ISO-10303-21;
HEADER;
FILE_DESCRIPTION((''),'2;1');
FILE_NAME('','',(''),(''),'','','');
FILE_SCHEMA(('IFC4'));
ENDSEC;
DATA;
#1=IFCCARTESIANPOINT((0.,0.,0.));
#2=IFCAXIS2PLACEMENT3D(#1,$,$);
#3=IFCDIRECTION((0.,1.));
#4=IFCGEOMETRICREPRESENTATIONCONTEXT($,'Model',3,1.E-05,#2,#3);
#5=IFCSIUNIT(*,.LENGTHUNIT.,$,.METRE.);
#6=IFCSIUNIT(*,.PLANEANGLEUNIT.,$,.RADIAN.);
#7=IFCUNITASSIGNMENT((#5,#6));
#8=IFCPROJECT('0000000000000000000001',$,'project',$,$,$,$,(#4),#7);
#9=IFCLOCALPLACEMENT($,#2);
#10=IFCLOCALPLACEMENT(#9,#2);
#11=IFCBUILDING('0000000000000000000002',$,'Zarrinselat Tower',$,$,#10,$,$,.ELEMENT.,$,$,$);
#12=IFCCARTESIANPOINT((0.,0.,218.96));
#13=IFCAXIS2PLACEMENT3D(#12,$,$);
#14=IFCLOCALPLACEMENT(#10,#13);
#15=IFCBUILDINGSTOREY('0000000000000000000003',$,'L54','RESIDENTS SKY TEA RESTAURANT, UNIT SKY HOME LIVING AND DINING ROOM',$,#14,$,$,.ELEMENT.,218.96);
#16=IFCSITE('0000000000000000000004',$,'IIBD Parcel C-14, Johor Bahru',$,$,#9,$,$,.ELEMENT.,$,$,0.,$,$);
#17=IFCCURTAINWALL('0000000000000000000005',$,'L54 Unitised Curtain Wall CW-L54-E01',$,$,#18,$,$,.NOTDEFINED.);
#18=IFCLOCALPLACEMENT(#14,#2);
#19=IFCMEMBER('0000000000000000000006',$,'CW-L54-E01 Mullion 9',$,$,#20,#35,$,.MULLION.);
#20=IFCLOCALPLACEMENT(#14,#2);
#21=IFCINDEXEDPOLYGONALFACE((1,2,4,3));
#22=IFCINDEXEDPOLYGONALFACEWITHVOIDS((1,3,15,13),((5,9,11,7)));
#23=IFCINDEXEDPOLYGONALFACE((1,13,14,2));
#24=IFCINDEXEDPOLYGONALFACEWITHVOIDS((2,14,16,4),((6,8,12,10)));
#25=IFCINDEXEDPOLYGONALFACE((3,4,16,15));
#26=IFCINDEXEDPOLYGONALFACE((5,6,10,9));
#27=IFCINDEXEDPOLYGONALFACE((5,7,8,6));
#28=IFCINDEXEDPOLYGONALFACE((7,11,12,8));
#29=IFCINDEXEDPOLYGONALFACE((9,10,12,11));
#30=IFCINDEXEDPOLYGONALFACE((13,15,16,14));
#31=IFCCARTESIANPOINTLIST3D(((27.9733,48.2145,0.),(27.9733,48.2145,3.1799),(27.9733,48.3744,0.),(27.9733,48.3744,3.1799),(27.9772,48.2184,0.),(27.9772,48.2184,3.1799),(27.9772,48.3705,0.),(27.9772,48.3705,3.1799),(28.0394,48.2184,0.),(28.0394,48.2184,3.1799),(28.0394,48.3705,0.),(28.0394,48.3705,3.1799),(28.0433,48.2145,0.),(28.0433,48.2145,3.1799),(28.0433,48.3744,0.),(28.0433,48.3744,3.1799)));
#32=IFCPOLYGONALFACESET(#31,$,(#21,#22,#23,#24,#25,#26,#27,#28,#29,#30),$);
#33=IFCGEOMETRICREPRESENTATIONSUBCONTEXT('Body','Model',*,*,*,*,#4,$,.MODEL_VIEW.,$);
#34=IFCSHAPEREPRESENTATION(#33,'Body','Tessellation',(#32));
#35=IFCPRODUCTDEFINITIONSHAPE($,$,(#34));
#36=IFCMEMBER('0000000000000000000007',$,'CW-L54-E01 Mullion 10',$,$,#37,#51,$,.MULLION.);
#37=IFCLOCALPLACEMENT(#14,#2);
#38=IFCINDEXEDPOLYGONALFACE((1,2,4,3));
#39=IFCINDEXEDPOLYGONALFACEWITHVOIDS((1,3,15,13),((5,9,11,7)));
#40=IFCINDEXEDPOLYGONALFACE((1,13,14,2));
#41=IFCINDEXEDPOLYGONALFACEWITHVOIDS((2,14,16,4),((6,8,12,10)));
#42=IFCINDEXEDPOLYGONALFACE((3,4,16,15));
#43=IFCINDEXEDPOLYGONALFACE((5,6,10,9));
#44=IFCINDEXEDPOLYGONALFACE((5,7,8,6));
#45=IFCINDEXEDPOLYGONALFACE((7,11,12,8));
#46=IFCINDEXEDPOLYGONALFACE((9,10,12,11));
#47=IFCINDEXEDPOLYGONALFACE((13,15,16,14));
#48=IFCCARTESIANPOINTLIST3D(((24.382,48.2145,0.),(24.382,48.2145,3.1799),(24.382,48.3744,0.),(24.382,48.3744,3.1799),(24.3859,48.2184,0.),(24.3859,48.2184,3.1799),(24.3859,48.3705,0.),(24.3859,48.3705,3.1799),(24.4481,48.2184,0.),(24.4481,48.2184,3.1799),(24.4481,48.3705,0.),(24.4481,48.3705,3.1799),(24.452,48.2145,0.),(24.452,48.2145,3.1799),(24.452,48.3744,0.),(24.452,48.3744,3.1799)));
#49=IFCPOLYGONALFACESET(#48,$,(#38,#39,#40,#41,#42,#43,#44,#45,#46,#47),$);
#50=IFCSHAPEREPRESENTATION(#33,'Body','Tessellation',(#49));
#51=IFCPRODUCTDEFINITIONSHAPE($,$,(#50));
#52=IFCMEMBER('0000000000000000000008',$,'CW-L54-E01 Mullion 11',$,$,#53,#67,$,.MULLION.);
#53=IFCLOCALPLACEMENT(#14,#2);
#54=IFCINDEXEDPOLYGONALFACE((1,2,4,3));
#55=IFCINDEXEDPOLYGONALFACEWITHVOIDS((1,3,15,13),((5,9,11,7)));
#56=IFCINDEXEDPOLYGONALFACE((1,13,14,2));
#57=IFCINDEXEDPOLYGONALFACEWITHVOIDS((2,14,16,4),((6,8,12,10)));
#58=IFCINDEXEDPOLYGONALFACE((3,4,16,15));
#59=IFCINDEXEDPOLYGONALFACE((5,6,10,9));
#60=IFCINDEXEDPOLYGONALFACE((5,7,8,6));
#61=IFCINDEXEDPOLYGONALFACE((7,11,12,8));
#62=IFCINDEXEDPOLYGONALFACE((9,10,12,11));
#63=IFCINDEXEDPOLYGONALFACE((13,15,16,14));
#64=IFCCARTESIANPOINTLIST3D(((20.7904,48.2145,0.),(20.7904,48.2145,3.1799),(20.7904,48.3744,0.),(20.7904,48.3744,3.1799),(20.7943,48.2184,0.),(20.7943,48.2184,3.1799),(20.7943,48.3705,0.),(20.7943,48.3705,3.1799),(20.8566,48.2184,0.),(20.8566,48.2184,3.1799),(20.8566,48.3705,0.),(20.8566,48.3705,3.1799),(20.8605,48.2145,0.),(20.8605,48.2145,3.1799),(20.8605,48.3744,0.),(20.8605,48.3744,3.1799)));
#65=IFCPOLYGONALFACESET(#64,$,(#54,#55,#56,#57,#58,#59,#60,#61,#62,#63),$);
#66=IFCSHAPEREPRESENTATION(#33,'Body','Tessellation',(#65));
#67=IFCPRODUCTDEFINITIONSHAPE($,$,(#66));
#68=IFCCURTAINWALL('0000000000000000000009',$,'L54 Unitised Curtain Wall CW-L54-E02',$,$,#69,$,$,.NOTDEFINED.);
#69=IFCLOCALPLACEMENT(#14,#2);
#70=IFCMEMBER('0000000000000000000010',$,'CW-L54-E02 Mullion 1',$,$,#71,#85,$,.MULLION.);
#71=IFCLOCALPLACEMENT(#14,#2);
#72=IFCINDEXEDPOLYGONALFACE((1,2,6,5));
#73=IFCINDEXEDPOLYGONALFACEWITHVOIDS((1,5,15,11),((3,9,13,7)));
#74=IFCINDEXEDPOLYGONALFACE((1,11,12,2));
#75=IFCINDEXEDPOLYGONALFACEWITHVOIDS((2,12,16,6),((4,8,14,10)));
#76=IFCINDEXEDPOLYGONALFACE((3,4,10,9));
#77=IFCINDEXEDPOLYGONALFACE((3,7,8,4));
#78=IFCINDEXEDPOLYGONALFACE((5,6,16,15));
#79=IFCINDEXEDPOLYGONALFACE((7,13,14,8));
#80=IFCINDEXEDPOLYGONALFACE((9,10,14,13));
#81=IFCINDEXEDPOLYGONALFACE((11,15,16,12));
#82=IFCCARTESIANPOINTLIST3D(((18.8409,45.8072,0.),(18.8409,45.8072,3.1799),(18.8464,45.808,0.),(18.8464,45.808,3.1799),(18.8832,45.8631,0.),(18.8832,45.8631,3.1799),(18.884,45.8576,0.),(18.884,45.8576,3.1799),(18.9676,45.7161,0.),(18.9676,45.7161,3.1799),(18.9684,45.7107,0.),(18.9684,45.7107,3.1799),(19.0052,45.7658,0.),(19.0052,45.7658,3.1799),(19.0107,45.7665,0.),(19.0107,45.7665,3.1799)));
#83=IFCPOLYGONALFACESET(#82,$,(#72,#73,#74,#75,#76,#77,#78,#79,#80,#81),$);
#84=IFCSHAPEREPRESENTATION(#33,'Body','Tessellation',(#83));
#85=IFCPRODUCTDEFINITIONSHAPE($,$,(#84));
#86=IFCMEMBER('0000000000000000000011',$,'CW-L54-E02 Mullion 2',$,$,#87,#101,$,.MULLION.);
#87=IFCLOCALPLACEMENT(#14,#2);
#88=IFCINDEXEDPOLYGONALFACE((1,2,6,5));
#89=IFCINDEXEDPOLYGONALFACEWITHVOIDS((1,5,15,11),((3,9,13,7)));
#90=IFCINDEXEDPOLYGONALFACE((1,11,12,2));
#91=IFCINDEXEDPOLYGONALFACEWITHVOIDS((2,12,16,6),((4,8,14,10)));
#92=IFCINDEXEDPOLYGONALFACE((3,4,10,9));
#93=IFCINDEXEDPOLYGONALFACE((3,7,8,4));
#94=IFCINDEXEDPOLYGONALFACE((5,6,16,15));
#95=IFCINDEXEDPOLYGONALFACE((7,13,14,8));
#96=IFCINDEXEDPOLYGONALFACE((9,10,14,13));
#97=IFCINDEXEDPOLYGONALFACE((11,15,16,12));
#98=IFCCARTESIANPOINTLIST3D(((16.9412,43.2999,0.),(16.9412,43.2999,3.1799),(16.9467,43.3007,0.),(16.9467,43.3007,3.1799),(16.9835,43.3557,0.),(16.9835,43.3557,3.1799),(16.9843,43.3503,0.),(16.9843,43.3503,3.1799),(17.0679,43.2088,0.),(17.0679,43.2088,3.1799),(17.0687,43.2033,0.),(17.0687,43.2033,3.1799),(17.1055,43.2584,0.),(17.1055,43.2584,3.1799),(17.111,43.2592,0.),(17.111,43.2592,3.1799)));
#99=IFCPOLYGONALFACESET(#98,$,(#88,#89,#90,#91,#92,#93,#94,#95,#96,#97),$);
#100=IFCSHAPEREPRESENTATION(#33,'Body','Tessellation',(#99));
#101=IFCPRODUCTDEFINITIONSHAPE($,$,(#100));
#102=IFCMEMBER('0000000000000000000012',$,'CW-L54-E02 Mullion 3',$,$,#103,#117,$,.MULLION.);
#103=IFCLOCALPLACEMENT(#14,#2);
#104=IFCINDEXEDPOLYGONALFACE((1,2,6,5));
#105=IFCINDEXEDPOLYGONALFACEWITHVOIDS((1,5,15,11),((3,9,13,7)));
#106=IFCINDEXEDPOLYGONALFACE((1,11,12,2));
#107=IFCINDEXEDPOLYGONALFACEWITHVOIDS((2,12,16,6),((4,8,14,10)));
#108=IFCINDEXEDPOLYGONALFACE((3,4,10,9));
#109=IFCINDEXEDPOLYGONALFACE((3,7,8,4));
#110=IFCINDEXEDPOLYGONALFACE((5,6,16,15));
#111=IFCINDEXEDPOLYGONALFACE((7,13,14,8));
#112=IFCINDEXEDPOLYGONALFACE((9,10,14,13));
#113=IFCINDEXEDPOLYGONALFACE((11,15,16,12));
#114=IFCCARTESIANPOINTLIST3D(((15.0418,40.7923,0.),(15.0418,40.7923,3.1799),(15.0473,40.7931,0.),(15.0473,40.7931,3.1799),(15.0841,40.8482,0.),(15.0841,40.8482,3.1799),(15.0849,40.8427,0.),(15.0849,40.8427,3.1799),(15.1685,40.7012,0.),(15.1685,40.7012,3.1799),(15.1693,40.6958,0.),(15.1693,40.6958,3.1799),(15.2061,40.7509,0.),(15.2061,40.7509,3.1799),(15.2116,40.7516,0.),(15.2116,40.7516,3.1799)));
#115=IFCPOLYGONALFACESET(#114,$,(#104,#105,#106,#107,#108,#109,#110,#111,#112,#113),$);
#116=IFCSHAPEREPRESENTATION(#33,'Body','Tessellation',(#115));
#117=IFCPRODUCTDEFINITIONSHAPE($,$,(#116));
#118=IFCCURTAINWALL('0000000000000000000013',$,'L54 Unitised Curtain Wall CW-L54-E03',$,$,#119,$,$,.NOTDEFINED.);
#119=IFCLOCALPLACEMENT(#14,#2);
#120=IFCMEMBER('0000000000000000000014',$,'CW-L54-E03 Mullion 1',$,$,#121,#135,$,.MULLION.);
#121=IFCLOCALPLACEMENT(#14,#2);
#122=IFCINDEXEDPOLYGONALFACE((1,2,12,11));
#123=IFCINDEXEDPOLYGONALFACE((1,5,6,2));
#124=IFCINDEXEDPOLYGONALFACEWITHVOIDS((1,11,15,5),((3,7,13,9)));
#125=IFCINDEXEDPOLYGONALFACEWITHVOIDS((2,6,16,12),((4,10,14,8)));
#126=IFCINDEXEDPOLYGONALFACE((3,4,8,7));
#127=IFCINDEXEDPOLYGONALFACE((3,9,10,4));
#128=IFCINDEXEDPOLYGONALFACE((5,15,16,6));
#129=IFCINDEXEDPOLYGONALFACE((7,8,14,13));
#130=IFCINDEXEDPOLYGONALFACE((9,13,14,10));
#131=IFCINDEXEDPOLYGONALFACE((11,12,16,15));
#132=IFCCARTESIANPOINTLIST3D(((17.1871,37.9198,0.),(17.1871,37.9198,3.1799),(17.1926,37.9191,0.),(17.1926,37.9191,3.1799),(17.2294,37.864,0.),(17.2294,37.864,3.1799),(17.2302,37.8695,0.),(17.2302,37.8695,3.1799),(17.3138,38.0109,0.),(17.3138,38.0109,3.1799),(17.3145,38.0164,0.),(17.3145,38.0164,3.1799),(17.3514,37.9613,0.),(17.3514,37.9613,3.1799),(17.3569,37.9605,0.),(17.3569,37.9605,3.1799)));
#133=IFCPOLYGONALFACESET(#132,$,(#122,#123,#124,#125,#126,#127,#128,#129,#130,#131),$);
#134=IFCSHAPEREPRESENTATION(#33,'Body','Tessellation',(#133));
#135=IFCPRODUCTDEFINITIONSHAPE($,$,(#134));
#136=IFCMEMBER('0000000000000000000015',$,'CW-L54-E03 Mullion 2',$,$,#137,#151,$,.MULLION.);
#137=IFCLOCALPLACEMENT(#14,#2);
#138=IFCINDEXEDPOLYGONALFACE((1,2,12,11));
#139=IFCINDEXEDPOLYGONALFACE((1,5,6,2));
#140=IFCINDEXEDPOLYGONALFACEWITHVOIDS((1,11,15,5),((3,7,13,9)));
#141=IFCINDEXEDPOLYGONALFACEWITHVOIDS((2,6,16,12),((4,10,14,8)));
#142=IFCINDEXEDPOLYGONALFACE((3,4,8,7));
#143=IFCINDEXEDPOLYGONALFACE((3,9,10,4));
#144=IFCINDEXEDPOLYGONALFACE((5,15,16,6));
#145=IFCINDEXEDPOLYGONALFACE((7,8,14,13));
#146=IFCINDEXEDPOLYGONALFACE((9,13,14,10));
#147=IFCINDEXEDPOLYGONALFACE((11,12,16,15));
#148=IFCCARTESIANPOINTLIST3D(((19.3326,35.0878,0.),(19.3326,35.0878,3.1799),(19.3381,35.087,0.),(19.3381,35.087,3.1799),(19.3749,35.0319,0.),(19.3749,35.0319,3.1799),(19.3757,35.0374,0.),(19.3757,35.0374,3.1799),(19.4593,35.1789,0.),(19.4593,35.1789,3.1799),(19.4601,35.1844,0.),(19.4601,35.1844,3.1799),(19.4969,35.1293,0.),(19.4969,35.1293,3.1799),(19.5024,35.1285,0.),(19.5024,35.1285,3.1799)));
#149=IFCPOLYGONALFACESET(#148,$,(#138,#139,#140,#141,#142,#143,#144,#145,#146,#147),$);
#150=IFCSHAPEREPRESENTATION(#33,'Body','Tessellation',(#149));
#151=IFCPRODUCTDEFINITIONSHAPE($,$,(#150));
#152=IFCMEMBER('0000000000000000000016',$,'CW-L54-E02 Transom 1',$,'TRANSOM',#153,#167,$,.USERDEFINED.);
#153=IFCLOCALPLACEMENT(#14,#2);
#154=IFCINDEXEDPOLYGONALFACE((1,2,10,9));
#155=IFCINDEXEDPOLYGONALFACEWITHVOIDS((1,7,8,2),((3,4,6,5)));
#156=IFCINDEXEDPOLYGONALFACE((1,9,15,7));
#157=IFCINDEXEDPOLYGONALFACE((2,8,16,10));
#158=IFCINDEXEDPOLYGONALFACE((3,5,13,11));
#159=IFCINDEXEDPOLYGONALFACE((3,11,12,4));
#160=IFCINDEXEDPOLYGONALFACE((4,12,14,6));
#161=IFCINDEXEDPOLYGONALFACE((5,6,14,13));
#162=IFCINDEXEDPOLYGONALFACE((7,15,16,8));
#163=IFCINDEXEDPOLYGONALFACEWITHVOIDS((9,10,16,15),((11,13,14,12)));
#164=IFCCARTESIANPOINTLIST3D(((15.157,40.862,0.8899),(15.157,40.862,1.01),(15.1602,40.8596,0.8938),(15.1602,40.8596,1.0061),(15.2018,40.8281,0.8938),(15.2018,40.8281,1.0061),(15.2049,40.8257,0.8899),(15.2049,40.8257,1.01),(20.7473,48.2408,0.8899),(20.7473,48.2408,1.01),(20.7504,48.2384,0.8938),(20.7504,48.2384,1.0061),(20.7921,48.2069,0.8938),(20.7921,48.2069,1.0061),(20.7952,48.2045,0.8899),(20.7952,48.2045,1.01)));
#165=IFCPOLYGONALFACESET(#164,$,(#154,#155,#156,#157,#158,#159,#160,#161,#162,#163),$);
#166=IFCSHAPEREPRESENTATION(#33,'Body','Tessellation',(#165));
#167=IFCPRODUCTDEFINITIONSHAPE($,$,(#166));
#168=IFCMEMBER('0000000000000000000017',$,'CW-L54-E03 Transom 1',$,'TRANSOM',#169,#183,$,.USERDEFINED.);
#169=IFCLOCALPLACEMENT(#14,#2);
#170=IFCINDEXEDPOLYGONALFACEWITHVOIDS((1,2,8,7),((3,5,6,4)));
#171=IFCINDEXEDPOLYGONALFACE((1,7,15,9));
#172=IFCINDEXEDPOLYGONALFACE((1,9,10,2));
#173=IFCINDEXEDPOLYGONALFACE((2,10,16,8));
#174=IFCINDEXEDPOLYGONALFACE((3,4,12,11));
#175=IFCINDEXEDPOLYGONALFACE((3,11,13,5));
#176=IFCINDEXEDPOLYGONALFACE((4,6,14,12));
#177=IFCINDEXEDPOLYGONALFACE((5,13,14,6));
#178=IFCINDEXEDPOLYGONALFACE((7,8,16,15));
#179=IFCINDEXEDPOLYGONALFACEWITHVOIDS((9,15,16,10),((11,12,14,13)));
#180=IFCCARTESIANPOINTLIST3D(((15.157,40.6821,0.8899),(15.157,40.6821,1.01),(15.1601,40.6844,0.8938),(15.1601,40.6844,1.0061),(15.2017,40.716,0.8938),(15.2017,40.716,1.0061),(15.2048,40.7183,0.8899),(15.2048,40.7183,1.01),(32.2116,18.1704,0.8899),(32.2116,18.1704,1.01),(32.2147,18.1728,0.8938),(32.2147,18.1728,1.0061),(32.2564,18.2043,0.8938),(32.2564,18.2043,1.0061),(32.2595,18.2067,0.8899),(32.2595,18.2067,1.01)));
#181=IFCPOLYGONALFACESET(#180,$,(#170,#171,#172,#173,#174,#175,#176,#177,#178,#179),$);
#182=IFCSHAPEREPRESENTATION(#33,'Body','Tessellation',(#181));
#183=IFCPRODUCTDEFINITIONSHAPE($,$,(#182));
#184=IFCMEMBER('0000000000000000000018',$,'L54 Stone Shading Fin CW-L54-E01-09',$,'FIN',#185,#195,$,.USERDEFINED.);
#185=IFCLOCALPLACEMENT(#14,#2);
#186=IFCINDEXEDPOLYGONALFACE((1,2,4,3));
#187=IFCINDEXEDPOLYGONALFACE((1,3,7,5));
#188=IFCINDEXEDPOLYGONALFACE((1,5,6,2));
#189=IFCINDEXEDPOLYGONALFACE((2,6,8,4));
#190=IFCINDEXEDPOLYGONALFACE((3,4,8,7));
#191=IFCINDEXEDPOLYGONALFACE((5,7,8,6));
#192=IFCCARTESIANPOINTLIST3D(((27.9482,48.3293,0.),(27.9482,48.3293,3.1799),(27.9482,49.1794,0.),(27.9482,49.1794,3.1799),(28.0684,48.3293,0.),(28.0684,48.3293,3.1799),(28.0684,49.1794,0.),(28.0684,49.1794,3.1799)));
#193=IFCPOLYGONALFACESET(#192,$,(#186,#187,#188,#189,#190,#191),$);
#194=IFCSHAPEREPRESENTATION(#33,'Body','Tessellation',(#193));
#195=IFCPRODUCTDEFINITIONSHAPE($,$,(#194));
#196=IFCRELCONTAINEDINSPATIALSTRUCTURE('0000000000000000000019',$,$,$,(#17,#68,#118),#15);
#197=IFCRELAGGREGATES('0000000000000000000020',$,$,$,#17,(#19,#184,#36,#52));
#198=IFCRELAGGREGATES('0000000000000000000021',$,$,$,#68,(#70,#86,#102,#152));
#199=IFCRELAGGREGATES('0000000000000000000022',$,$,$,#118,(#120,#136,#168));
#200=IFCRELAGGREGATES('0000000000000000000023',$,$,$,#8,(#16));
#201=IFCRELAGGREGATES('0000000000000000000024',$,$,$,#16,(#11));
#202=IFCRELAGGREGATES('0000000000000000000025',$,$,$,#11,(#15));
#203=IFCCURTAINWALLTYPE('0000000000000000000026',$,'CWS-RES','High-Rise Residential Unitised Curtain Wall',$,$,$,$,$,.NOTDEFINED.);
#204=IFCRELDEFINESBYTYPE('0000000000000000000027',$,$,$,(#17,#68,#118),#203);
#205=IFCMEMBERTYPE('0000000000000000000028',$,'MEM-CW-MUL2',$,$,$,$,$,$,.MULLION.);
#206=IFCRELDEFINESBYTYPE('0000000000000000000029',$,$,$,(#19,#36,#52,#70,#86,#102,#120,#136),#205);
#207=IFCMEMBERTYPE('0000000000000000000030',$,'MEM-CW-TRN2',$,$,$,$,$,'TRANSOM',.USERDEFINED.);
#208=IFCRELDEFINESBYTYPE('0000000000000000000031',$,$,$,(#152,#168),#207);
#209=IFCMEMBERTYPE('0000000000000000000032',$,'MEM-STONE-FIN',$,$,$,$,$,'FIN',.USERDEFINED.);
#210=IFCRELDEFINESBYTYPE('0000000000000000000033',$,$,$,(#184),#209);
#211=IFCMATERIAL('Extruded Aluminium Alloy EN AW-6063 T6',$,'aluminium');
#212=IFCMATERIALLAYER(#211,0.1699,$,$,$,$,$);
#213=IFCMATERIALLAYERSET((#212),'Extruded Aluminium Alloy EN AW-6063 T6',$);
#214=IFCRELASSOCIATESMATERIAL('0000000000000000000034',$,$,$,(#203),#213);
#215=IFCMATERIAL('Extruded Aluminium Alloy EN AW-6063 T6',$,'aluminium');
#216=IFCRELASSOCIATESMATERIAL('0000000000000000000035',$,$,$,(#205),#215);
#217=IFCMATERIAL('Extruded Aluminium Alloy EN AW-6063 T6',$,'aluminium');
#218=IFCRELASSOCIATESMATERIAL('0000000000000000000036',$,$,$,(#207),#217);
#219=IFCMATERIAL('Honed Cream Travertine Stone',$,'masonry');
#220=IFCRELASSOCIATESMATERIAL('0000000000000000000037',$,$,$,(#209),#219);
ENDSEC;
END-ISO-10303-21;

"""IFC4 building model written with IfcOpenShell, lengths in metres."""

from ifc_helpers import new_model, si_unit, direction, frame, origin, origin_2d, place, context, subcontext, project, spatial, rectangle, hollow_rectangle, extrude, material, layer, layer_set, material_profile, profile_set, type_object, element, aggregate, save


model = new_model("IFC4")

# Units and contexts
model_context = context("Model", 3, precision=1e-05, world=origin(), true_north=direction((0.0, 1.0)))
body_context = subcontext(model_context, "Body", "Model", "MODEL_VIEW")
ifc_project = project(units=[si_unit("LENGTHUNIT", "METRE"), si_unit("PLANEANGLEUNIT", "RADIAN")], contexts=[model_context])

# Site, building, storey
site_placement = place(None, origin())
site = spatial("IfcSite", under=ifc_project, at=site_placement, Name="IIBD Parcel C-14, Johor Bahru", CompositionType="ELEMENT", RefElevation=0.0)
building_placement = place(site_placement, origin())
building = spatial("IfcBuilding", under=site, at=building_placement, Name="Zarrinselat Tower", CompositionType="ELEMENT")
storey_placement = place(building_placement, frame((0.0, 0.0, 218.96)))
storey = spatial("IfcBuildingStorey", under=building, at=storey_placement, Name="L54", Description="RESIDENTS SKY TEA RESTAURANT, UNIT SKY HOME LIVING AND DINING ROOM", CompositionType="ELEMENT", Elevation=218.96)

# Curtain walls, members
ifc_material_1 = material(Name="Extruded Aluminium Alloy EN AW-6063 T6", Category="aluminium")
ifc_layer_1 = layer(ifc_material_1, 0.1699)
ifc_layer_set_1 = layer_set([ifc_layer_1], Name="Extruded Aluminium Alloy EN AW-6063 T6")
curtain_wall_type = type_object("IfcCurtainWallType", Name="CWS-RES", Description="High-Rise Residential Unitised Curtain Wall", PredefinedType="NOTDEFINED", material=ifc_layer_set_1)
curtain_wall_1_placement = place(storey_placement, origin())
curtain_wall_1 = element("IfcCurtainWall", 1, at=curtain_wall_1_placement, inside=storey, type_object=curtain_wall_type, Name="L54 Unitised Curtain Wall CW-L54-E01", PredefinedType="NOTDEFINED")
ifc_material_2 = material(Name="Extruded Aluminium Alloy EN AW-6063 T6", Category="aluminium")
ifc_material_profile_1 = material_profile(ifc_material_2, hollow_rectangle(XDim=0.0701, YDim=0.1599, WallThickness=0.0039, at=origin_2d()), Name="RHS 160x70x4")
ifc_profile_set_1 = profile_set([ifc_material_profile_1], Name="Extruded Aluminium Alloy EN AW-6063 T6")
member_type_1 = type_object("IfcMemberType", Name="MEM-CW-MUL2", PredefinedType="MULLION", material=ifc_profile_set_1)
member_1_placement = place(storey_placement, frame((28.0083, 48.2944, 0.0), z_axis=(0.0, 0.0, 1.0), x_axis=(-1.0, 0.0, 0.0)))
member_1 = element("IfcMember", 2, at=member_1_placement, type_object=member_type_1, Name="CW-L54-E01 Mullion 9", PredefinedType="MULLION", context=body_context, shape_type="SweptSolid", body=[
    extrude(hollow_rectangle(XDim=0.0701, YDim=0.1599, WallThickness=0.0039, at=origin_2d()), origin(), (0.0, 0.0, 1.0), 3.1799),
])
member_2_placement = place(storey_placement, frame((24.417, 48.2944, 0.0), z_axis=(0.0, 0.0, 1.0), x_axis=(-1.0, 0.0, 0.0)))
member_2 = element("IfcMember", 3, at=member_2_placement, type_object=member_type_1, Name="CW-L54-E01 Mullion 10", PredefinedType="MULLION", context=body_context, shape_type="SweptSolid", body=[
    extrude(hollow_rectangle(XDim=0.0701, YDim=0.1599, WallThickness=0.0039, at=origin_2d()), origin(), (0.0, 0.0, 1.0), 3.1799),
])
member_3_placement = place(storey_placement, frame((20.8254, 48.2944, 0.0), z_axis=(0.0, 0.0, 1.0), x_axis=(-1.0, 0.0, 0.0)))
member_3 = element("IfcMember", 4, at=member_3_placement, type_object=member_type_1, Name="CW-L54-E01 Mullion 11", PredefinedType="MULLION", context=body_context, shape_type="SweptSolid", body=[
    extrude(hollow_rectangle(XDim=0.0701, YDim=0.1599, WallThickness=0.0039, at=origin_2d()), origin(), (0.0, 0.0, 1.0), 3.1799),
])
curtain_wall_2_placement = place(storey_placement, origin())
curtain_wall_2 = element("IfcCurtainWall", 5, at=curtain_wall_2_placement, inside=storey, type_object=curtain_wall_type, Name="L54 Unitised Curtain Wall CW-L54-E02", PredefinedType="NOTDEFINED")
member_4_placement = place(storey_placement, frame((18.9258, 45.7869, 0.0), z_axis=(0.0, 0.0, 1.0), x_axis=(-0.603865, -0.797086, 0.0)))
member_4 = element("IfcMember", 6, at=member_4_placement, type_object=member_type_1, Name="CW-L54-E02 Mullion 1", PredefinedType="MULLION", context=body_context, shape_type="SweptSolid", body=[
    extrude(hollow_rectangle(XDim=0.0701, YDim=0.1599, WallThickness=0.0039, at=origin_2d()), origin(), (0.0, 0.0, 1.0), 3.1799),
])
member_5_placement = place(storey_placement, frame((17.0261, 43.2795, 0.0), z_axis=(0.0, 0.0, 1.0), x_axis=(-0.603865, -0.797086, 0.0)))
member_5 = element("IfcMember", 7, at=member_5_placement, type_object=member_type_1, Name="CW-L54-E02 Mullion 2", PredefinedType="MULLION", context=body_context, shape_type="SweptSolid", body=[
    extrude(hollow_rectangle(XDim=0.0701, YDim=0.1599, WallThickness=0.0039, at=origin_2d()), origin(), (0.0, 0.0, 1.0), 3.1799),
])
member_6_placement = place(storey_placement, frame((15.1267, 40.772, 0.0), z_axis=(0.0, 0.0, 1.0), x_axis=(-0.603865, -0.797086, 0.0)))
member_6 = element("IfcMember", 8, at=member_6_placement, type_object=member_type_1, Name="CW-L54-E02 Mullion 3", PredefinedType="MULLION", context=body_context, shape_type="SweptSolid", body=[
    extrude(hollow_rectangle(XDim=0.0701, YDim=0.1599, WallThickness=0.0039, at=origin_2d()), origin(), (0.0, 0.0, 1.0), 3.1799),
])
curtain_wall_3_placement = place(storey_placement, origin())
curtain_wall_3 = element("IfcCurtainWall", 9, at=curtain_wall_3_placement, inside=storey, type_object=curtain_wall_type, Name="L54 Unitised Curtain Wall CW-L54-E03", PredefinedType="NOTDEFINED")
member_7_placement = place(storey_placement, frame((17.272, 37.9402, 0.0), z_axis=(0.0, 0.0, 1.0), x_axis=(0.60386, -0.797091, 0.0)))
member_7 = element("IfcMember", 10, at=member_7_placement, type_object=member_type_1, Name="CW-L54-E03 Mullion 1", PredefinedType="MULLION", context=body_context, shape_type="SweptSolid", body=[
    extrude(hollow_rectangle(XDim=0.0701, YDim=0.1599, WallThickness=0.0039, at=origin_2d()), origin(), (0.0, 0.0, 1.0), 3.1799),
])
member_8_placement = place(storey_placement, frame((19.4175, 35.1082, 0.0), z_axis=(0.0, 0.0, 1.0), x_axis=(0.60386, -0.797091, 0.0)))
member_8 = element("IfcMember", 11, at=member_8_placement, type_object=member_type_1, Name="CW-L54-E03 Mullion 2", PredefinedType="MULLION", context=body_context, shape_type="SweptSolid", body=[
    extrude(hollow_rectangle(XDim=0.0701, YDim=0.1599, WallThickness=0.0039, at=origin_2d()), origin(), (0.0, 0.0, 1.0), 3.1799),
])

# Members
ifc_material_3 = material(Name="Extruded Aluminium Alloy EN AW-6063 T6", Category="aluminium")
ifc_material_profile_2 = material_profile(ifc_material_3, hollow_rectangle(XDim=0.0601, YDim=0.1201, WallThickness=0.0039, at=origin_2d()), Name="RHS 120x60x4")
ifc_profile_set_2 = profile_set([ifc_material_profile_2], Name="Extruded Aluminium Alloy EN AW-6063 T6")
member_type_2 = type_object("IfcMemberType", Name="MEM-CW-TRN2", ElementType="TRANSOM", PredefinedType="USERDEFINED", material=ifc_profile_set_2)
member_9_placement = place(storey_placement, frame((20.7712, 48.2227, 0.95), z_axis=(-0.603875, -0.797079, 0.0), x_axis=(0.797079, -0.603875, 0.0)))
member_9 = element("IfcMember", 12, at=member_9_placement, type_object=member_type_2, Name="CW-L54-E02 Transom 1", ObjectType="TRANSOM", PredefinedType="USERDEFINED", context=body_context, shape_type="SweptSolid", body=[
    extrude(hollow_rectangle(XDim=0.0601, YDim=0.1201, WallThickness=0.0039, at=origin_2d()), origin(), (0.0, 0.0, 1.0), 9.2573),
])
member_10_placement = place(storey_placement, frame((15.1809, 40.7002, 0.95), z_axis=(0.603866, -0.797086, 0.0), x_axis=(0.797086, 0.603866, 0.0)))
member_10 = element("IfcMember", 13, at=member_10_placement, type_object=member_type_2, Name="CW-L54-E03 Transom 1", ObjectType="TRANSOM", PredefinedType="USERDEFINED", context=body_context, shape_type="SweptSolid", body=[
    extrude(hollow_rectangle(XDim=0.0601, YDim=0.1201, WallThickness=0.0039, at=origin_2d()), origin(), (0.0, 0.0, 1.0), 28.2424),
])
ifc_material_4 = material(Name="Honed Cream Travertine Stone", Category="masonry")
ifc_material_profile_3 = material_profile(ifc_material_4, rectangle(XDim=0.1201, YDim=0.8501, at=origin_2d()), Name="FIN 850x120")
ifc_profile_set_3 = profile_set([ifc_material_profile_3], Name="Honed Cream Travertine Stone")
member_type_3 = type_object("IfcMemberType", Name="MEM-STONE-FIN", ElementType="FIN", PredefinedType="USERDEFINED", material=ifc_profile_set_3)
member_11_placement = place(storey_placement, frame((28.0083, 48.7544, 0.0), z_axis=(0.0, 0.0, 1.0), x_axis=(1.0, 0.0, 0.0)))
member_11 = element("IfcMember", 14, at=member_11_placement, type_object=member_type_3, Name="L54 Stone Shading Fin CW-L54-E01-09", ObjectType="FIN", PredefinedType="USERDEFINED", context=body_context, shape_type="SweptSolid", body=[
    extrude(rectangle(XDim=0.1201, YDim=0.8501, at=origin_2d()), origin(), (0.0, 0.0, 1.0), 3.1799),
])

aggregate(curtain_wall_1, [member_1, member_11, member_2, member_3])
aggregate(curtain_wall_2, [member_4, member_5, member_6, member_9])
aggregate(curtain_wall_3, [member_7, member_8, member_10])

save(model, "model.ifc")
